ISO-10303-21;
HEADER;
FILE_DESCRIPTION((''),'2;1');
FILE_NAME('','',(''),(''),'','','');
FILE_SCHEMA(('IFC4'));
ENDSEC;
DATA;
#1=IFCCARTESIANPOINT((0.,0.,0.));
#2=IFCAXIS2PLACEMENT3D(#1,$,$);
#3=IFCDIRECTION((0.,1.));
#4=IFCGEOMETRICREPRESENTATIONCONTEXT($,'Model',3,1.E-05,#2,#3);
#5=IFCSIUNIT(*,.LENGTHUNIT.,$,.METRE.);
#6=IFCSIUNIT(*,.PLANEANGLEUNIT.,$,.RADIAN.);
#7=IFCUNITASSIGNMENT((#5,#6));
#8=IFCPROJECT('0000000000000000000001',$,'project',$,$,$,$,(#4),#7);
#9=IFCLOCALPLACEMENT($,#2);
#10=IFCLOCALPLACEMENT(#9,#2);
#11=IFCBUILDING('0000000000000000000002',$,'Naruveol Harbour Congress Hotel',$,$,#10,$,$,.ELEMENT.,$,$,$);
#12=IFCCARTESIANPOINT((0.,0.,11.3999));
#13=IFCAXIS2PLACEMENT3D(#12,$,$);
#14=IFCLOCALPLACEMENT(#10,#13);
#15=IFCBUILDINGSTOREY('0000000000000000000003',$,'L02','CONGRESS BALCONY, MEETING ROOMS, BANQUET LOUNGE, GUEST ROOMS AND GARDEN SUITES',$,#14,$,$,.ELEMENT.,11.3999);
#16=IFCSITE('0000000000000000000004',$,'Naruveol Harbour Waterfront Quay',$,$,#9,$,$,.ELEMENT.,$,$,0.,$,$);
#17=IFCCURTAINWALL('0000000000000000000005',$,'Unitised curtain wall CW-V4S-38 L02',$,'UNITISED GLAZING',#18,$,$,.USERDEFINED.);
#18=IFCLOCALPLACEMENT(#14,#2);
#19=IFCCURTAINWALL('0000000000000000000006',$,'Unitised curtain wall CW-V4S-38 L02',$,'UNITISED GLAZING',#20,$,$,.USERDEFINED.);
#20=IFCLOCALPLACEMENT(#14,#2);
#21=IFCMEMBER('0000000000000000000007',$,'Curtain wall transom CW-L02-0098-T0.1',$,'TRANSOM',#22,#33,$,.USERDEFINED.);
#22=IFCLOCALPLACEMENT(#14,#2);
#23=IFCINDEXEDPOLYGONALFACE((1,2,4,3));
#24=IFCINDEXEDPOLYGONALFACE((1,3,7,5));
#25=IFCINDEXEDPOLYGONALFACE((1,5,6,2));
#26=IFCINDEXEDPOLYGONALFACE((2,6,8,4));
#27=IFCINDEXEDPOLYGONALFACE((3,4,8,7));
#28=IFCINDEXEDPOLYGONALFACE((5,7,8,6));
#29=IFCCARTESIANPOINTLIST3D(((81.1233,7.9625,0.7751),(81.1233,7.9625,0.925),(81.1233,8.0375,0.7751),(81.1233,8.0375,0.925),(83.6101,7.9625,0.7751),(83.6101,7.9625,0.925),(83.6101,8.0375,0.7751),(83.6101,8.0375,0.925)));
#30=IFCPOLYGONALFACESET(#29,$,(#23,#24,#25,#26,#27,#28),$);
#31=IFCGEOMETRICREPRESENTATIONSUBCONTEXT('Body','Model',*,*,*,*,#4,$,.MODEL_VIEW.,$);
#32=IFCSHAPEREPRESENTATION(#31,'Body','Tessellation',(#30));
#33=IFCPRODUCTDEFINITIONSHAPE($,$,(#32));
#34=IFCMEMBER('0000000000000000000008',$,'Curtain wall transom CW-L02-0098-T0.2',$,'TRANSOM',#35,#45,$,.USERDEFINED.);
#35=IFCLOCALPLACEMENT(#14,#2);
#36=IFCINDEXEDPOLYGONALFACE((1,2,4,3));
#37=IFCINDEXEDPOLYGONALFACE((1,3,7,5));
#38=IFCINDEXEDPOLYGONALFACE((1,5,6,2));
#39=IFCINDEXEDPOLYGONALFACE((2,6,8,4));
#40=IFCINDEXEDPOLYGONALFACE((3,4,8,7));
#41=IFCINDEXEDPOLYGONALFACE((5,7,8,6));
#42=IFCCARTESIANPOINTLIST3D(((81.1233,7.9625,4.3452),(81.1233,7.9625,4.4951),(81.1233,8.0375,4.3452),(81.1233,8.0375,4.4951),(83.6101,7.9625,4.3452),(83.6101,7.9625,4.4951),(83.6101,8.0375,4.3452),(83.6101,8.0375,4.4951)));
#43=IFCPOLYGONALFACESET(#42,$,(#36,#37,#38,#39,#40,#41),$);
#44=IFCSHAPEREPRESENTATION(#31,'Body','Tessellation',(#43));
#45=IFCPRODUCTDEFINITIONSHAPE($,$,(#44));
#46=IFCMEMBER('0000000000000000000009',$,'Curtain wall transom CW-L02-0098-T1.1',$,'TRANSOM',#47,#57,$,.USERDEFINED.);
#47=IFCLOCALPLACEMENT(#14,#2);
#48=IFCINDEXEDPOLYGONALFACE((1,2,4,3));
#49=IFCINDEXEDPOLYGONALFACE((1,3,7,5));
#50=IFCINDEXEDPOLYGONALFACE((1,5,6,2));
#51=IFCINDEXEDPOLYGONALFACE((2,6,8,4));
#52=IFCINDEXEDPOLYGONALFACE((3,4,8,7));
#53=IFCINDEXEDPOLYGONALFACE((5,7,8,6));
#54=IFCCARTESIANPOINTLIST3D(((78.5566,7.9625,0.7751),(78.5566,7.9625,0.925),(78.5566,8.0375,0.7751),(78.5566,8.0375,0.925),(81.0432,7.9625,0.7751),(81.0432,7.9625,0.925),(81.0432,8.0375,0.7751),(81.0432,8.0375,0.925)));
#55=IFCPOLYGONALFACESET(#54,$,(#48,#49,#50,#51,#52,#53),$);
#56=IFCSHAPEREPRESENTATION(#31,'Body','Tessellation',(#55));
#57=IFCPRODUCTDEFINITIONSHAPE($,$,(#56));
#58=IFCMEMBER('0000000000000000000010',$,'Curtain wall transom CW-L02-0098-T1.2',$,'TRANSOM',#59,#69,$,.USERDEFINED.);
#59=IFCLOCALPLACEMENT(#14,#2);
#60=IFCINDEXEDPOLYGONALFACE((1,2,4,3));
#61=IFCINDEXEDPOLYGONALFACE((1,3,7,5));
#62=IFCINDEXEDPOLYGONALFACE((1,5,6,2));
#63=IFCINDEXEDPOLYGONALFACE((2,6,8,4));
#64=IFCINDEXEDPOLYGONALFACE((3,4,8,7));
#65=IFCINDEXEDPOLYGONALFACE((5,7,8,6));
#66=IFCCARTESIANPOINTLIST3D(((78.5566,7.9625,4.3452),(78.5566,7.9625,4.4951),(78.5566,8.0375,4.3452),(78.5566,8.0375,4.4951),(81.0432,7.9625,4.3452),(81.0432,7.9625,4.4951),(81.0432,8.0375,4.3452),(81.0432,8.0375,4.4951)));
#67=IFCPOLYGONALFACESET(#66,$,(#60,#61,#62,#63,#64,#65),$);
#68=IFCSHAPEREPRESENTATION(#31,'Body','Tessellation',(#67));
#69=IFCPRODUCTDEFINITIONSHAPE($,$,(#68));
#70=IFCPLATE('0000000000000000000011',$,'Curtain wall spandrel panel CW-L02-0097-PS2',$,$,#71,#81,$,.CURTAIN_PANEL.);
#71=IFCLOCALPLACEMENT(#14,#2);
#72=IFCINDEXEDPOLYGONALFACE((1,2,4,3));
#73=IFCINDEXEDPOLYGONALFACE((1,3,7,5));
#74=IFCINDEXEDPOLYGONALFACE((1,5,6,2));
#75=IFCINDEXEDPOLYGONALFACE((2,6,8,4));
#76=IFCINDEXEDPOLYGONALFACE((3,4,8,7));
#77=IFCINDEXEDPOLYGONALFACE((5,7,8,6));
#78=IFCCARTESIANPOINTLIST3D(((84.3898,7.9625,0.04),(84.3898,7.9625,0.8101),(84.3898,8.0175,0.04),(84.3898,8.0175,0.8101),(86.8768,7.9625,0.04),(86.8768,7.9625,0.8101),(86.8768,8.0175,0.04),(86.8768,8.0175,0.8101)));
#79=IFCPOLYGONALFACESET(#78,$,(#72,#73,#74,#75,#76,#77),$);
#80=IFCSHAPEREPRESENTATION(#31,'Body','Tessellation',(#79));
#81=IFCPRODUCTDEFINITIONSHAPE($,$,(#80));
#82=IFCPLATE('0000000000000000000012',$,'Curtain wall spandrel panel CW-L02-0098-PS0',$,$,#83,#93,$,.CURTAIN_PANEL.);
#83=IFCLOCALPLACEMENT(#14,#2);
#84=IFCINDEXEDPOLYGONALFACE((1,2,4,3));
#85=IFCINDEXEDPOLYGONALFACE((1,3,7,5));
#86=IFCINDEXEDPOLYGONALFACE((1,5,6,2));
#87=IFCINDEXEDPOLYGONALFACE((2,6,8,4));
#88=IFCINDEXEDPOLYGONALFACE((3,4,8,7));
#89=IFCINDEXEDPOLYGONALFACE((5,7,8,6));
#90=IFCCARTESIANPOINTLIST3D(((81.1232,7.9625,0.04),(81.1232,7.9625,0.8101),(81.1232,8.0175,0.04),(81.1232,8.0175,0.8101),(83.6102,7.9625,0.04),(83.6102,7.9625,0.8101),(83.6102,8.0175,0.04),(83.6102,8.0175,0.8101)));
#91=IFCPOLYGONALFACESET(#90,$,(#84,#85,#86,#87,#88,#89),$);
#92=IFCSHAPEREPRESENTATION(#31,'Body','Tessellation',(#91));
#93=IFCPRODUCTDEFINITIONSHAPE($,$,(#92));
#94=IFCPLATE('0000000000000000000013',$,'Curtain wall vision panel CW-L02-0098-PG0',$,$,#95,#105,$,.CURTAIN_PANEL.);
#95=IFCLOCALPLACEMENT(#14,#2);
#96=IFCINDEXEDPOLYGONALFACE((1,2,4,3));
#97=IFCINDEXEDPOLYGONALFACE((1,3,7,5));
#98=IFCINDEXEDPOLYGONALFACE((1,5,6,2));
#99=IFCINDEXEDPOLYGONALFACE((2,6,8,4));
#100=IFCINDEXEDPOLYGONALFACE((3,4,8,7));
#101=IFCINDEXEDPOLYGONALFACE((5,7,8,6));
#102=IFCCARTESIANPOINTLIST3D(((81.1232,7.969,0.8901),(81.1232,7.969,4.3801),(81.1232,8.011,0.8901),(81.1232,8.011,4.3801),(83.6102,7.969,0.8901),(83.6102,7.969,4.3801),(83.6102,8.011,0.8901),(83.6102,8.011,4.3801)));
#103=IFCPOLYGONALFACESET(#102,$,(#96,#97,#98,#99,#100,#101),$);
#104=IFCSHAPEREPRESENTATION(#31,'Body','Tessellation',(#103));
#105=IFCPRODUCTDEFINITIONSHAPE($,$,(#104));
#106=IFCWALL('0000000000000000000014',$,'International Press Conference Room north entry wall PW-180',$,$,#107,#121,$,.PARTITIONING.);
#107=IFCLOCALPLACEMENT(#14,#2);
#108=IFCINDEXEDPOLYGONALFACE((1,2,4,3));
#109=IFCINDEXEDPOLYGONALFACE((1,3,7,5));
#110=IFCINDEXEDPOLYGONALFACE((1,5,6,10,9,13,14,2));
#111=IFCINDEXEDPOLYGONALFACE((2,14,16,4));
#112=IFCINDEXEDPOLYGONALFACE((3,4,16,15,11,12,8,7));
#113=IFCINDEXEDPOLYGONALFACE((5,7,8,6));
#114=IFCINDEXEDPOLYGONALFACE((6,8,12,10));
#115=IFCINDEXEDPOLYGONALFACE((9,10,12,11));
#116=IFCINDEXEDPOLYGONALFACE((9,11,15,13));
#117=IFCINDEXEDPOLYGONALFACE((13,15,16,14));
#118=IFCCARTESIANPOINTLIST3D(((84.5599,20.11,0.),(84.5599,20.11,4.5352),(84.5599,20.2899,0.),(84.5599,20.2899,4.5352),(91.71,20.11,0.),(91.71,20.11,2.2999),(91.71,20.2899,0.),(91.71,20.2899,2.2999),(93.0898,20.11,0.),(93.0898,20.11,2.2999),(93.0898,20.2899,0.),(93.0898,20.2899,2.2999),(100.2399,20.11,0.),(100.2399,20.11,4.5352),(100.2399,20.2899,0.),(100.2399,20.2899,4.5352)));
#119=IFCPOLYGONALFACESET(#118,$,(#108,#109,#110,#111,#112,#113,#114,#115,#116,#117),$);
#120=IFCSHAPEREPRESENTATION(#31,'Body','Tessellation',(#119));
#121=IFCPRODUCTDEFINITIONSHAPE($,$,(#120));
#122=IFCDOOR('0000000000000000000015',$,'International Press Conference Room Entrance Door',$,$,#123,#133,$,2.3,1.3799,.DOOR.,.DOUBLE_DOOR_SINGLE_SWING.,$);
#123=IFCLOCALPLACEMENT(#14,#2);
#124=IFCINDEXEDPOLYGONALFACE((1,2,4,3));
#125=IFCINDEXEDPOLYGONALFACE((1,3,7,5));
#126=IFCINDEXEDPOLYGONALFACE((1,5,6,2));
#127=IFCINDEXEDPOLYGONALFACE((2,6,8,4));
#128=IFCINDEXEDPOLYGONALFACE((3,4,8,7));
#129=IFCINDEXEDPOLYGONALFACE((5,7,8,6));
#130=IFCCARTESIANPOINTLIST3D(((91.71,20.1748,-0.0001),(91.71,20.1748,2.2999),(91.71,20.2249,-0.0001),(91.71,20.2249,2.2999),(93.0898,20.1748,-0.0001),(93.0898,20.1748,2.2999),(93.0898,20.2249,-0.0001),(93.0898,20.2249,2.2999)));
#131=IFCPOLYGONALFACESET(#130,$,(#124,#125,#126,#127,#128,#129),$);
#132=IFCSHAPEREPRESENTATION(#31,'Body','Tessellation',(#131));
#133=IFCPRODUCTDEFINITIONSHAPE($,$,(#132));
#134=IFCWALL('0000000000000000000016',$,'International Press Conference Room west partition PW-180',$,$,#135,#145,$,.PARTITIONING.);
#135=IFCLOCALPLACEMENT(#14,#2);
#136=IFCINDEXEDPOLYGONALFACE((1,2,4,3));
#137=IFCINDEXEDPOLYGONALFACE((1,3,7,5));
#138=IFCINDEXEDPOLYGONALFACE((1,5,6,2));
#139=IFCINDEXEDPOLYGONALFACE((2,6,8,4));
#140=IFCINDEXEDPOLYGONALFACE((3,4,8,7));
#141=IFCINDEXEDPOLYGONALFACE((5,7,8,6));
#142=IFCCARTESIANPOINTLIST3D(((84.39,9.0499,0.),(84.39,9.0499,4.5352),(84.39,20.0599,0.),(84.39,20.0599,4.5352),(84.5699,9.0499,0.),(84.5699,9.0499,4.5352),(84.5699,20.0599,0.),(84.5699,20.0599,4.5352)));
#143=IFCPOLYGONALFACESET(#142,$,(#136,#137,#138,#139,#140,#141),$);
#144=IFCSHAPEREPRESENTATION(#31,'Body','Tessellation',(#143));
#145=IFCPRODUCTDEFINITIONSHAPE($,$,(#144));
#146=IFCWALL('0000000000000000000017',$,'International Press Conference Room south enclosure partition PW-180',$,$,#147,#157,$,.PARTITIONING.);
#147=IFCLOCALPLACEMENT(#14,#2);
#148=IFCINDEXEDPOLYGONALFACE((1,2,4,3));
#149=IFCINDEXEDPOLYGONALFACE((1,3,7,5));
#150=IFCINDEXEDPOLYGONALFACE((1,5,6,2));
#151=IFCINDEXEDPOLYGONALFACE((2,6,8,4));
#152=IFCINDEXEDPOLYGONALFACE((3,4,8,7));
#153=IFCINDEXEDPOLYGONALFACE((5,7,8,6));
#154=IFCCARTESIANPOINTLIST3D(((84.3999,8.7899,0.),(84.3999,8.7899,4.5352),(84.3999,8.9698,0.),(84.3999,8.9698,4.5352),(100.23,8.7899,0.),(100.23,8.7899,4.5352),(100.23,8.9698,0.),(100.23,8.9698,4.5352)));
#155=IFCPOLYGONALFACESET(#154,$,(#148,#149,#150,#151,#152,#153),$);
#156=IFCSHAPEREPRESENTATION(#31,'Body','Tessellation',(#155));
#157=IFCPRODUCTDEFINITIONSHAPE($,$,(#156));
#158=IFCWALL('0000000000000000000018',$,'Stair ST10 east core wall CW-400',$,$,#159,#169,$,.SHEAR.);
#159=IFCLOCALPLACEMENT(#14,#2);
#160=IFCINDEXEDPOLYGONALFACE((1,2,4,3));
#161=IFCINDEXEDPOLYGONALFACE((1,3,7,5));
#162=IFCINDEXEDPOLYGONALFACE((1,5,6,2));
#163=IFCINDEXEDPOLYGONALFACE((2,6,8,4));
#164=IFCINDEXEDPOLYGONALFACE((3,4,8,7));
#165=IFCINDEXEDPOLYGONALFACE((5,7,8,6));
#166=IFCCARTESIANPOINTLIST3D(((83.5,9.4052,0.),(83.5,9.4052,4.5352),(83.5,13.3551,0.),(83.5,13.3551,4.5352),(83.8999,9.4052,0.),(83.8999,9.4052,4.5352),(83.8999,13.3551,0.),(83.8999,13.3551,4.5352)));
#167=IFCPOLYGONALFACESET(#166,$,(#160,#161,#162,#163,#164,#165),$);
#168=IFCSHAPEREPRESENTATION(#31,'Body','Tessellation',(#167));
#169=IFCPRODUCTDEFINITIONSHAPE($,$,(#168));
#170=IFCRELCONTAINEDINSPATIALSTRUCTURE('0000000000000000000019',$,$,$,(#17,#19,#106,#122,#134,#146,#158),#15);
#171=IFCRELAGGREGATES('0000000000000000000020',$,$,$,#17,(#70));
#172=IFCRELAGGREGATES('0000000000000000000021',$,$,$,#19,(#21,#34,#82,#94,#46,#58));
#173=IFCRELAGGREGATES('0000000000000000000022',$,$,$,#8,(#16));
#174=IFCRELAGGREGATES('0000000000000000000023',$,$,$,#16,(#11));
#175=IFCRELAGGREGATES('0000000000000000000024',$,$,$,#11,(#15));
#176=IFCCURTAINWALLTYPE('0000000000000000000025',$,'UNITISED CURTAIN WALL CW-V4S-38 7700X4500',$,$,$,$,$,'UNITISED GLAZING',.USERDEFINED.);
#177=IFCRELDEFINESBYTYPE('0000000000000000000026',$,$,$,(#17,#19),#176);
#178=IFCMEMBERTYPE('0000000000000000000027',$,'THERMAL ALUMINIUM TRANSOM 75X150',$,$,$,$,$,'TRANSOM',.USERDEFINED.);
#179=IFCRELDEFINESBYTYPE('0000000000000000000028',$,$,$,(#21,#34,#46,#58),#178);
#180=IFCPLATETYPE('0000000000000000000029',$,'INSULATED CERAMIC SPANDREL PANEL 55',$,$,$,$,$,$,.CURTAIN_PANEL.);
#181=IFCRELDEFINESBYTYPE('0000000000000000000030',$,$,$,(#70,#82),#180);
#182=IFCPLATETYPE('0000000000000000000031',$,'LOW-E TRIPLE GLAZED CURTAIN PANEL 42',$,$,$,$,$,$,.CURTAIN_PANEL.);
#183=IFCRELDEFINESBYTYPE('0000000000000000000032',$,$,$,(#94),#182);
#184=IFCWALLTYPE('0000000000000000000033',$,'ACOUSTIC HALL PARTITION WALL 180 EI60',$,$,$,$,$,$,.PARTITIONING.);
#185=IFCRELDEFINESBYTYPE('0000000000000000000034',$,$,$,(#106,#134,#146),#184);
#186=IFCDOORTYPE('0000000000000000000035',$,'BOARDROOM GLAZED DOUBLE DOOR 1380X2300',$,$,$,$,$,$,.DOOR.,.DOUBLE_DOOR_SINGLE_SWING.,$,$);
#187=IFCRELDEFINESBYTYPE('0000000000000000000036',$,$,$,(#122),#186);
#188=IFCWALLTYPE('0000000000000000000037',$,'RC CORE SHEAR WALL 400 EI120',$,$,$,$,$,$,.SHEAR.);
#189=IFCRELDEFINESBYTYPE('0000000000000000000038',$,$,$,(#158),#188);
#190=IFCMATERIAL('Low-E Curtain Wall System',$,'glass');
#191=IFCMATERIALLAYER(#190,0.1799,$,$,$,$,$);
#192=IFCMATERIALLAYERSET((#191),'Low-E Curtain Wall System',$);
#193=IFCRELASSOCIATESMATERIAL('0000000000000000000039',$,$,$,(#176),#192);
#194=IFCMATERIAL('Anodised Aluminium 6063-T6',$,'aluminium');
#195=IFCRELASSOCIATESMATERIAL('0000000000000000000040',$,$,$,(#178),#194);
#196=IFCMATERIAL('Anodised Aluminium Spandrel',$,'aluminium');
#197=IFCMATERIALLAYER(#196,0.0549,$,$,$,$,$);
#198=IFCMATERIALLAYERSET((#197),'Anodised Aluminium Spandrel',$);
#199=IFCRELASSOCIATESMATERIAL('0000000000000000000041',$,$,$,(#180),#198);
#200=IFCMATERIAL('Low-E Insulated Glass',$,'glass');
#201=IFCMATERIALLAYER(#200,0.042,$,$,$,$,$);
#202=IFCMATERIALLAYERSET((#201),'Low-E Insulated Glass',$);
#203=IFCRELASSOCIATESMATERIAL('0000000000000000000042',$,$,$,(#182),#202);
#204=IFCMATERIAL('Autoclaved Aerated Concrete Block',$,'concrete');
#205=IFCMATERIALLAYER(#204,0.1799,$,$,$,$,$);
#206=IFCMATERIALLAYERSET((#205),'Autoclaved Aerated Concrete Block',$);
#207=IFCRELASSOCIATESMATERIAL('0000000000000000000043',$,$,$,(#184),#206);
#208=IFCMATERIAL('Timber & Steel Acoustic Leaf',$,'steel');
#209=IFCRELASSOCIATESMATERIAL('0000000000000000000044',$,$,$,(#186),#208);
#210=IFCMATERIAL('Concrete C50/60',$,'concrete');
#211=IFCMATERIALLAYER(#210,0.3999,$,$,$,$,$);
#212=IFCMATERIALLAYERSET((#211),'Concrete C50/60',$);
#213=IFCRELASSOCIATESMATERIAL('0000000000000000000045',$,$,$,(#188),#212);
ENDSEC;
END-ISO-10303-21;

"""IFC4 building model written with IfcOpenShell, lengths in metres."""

from ifc_helpers import new_model, si_unit, direction, frame, frame_2d, origin, origin_2d, place, context, subcontext, project, spatial, rectangle, extrude, material, layer, layer_set, material_profile, profile_set, type_object, element, fill, aggregate, save


model = new_model("IFC4")

# Units and contexts
model_context = context("Model", 3, precision=1e-05, world=origin(), true_north=direction((0.0, 1.0)))
body_context = subcontext(model_context, "Body", "Model", "MODEL_VIEW")
ifc_project = project(units=[si_unit("LENGTHUNIT", "METRE"), si_unit("PLANEANGLEUNIT", "RADIAN")], contexts=[model_context])

# Site, building, storey
site_placement = place(None, origin())
site = spatial("IfcSite", under=ifc_project, at=site_placement, Name="Naruveol Harbour Waterfront Quay", CompositionType="ELEMENT", RefElevation=0.0)
building_placement = place(site_placement, origin())
building = spatial("IfcBuilding", under=site, at=building_placement, Name="Naruveol Harbour Congress Hotel", CompositionType="ELEMENT")
storey_placement = place(building_placement, frame((0.0, 0.0, 11.3999)))
storey = spatial("IfcBuildingStorey", under=building, at=storey_placement, Name="L02", Description="CONGRESS BALCONY, MEETING ROOMS, BANQUET LOUNGE, GUEST ROOMS AND GARDEN SUITES", CompositionType="ELEMENT", Elevation=11.3999)

# Curtain wall
ifc_material_1 = material(Name="Low-E Curtain Wall System", Category="glass")
ifc_layer_1 = layer(ifc_material_1, 0.1799)
ifc_layer_set_1 = layer_set([ifc_layer_1], Name="Low-E Curtain Wall System")
curtain_wall_type = type_object("IfcCurtainWallType", Name="UNITISED CURTAIN WALL CW-V4S-38 7700X4500", ElementType="UNITISED GLAZING", PredefinedType="USERDEFINED", material=ifc_layer_set_1)
curtain_wall_1_placement = place(storey_placement, origin())
curtain_wall_1 = element("IfcCurtainWall", 1, at=curtain_wall_1_placement, inside=storey, type_object=curtain_wall_type, Name="Unitised curtain wall CW-V4S-38 L02", ObjectType="UNITISED GLAZING", PredefinedType="USERDEFINED")

# Curtain wall, members
curtain_wall_2_placement = place(storey_placement, origin())
curtain_wall_2 = element("IfcCurtainWall", 2, at=curtain_wall_2_placement, inside=storey, type_object=curtain_wall_type, Name="Unitised curtain wall CW-V4S-38 L02", ObjectType="UNITISED GLAZING", PredefinedType="USERDEFINED")
ifc_material_2 = material(Name="Anodised Aluminium 6063-T6", Category="aluminium")
ifc_material_profile_1 = material_profile(ifc_material_2, rectangle(XDim=0.075, YDim=0.1499, at=origin_2d()), Name="ALU-75x150")
ifc_profile_set_1 = profile_set([ifc_material_profile_1], Name="Anodised Aluminium 6063-T6")
member_type_1 = type_object("IfcMemberType", Name="THERMAL ALUMINIUM TRANSOM 75X150", ElementType="TRANSOM", PredefinedType="USERDEFINED", material=ifc_profile_set_1)
member_1_placement = place(storey_placement, frame((83.6101, 8.0, 0.8501), z_axis=(-1.0, 0.0, 0.0), x_axis=(0.0, -1.0, 0.0)))
member_1 = element("IfcMember", 3, at=member_1_placement, type_object=member_type_1, Name="Curtain wall transom CW-L02-0098-T0.1", ObjectType="TRANSOM", PredefinedType="USERDEFINED", context=body_context, shape_type="SweptSolid", body=[
    extrude(rectangle(XDim=0.075, YDim=0.1499, at=origin_2d()), origin(), (0.0, 0.0, 1.0), 2.4868),
])
member_2_placement = place(storey_placement, frame((83.6101, 8.0, 4.4202), z_axis=(-1.0, 0.0, 0.0), x_axis=(0.0, -1.0, 0.0)))
member_2 = element("IfcMember", 4, at=member_2_placement, type_object=member_type_1, Name="Curtain wall transom CW-L02-0098-T0.2", ObjectType="TRANSOM", PredefinedType="USERDEFINED", context=body_context, shape_type="SweptSolid", body=[
    extrude(rectangle(XDim=0.075, YDim=0.1499, at=origin_2d()), origin(), (0.0, 0.0, 1.0), 2.4868),
])
member_3_placement = place(storey_placement, frame((81.0432, 8.0, 0.8501), z_axis=(-1.0, 0.0, 0.0), x_axis=(0.0, -1.0, 0.0)))
member_3 = element("IfcMember", 5, at=member_3_placement, type_object=member_type_1, Name="Curtain wall transom CW-L02-0098-T1.1", ObjectType="TRANSOM", PredefinedType="USERDEFINED", context=body_context, shape_type="SweptSolid", body=[
    extrude(rectangle(XDim=0.075, YDim=0.1499, at=origin_2d()), origin(), (0.0, 0.0, 1.0), 2.4866),
])
member_4_placement = place(storey_placement, frame((81.0432, 8.0, 4.4202), z_axis=(-1.0, 0.0, 0.0), x_axis=(0.0, -1.0, 0.0)))
member_4 = element("IfcMember", 6, at=member_4_placement, type_object=member_type_1, Name="Curtain wall transom CW-L02-0098-T1.2", ObjectType="TRANSOM", PredefinedType="USERDEFINED", context=body_context, shape_type="SweptSolid", body=[
    extrude(rectangle(XDim=0.075, YDim=0.1499, at=origin_2d()), origin(), (0.0, 0.0, 1.0), 2.4866),
])

# Plates
ifc_material_3 = material(Name="Anodised Aluminium Spandrel", Category="aluminium")
ifc_layer_2 = layer(ifc_material_3, 0.0549)
ifc_layer_set_2 = layer_set([ifc_layer_2], Name="Anodised Aluminium Spandrel")
plate_type_1 = type_object("IfcPlateType", Name="INSULATED CERAMIC SPANDREL PANEL 55", PredefinedType="CURTAIN_PANEL", material=ifc_layer_set_2)
plate_1_placement = place(storey_placement, frame((85.6333, 7.99, 0.04), z_axis=(0.0, 0.0, 1.0), x_axis=(-1.0, 0.0, 0.0)))
plate_1 = element("IfcPlate", 7, at=plate_1_placement, type_object=plate_type_1, Name="Curtain wall spandrel panel CW-L02-0097-PS2", PredefinedType="CURTAIN_PANEL", context=body_context, shape_type="SweptSolid", body=[
    extrude(rectangle(XDim=2.4871, YDim=0.0549, at=origin_2d()), origin(), (0.0, 0.0, 1.0), 0.77),
])
aggregate(curtain_wall_1, [plate_1])
plate_2_placement = place(storey_placement, frame((82.3667, 7.99, 0.04), z_axis=(0.0, 0.0, 1.0), x_axis=(-1.0, 0.0, 0.0)))
plate_2 = element("IfcPlate", 8, at=plate_2_placement, type_object=plate_type_1, Name="Curtain wall spandrel panel CW-L02-0098-PS0", PredefinedType="CURTAIN_PANEL", context=body_context, shape_type="SweptSolid", body=[
    extrude(rectangle(XDim=2.4871, YDim=0.0549, at=origin_2d()), origin(), (0.0, 0.0, 1.0), 0.77),
])
ifc_material_4 = material(Name="Low-E Insulated Glass", Category="glass")
ifc_layer_3 = layer(ifc_material_4, 0.042)
ifc_layer_set_3 = layer_set([ifc_layer_3], Name="Low-E Insulated Glass")
plate_type_2 = type_object("IfcPlateType", Name="LOW-E TRIPLE GLAZED CURTAIN PANEL 42", PredefinedType="CURTAIN_PANEL", material=ifc_layer_set_3)
plate_3_placement = place(storey_placement, frame((82.3667, 7.99, 0.8901), z_axis=(0.0, 0.0, 1.0), x_axis=(-1.0, 0.0, 0.0)))
plate_3 = element("IfcPlate", 9, at=plate_3_placement, type_object=plate_type_2, Name="Curtain wall vision panel CW-L02-0098-PG0", PredefinedType="CURTAIN_PANEL", context=body_context, shape_type="SweptSolid", body=[
    extrude(rectangle(XDim=2.4871, YDim=0.042, at=origin_2d()), origin(), (0.0, 0.0, 1.0), 3.49),
])
aggregate(curtain_wall_2, [member_1, member_2, plate_2, plate_3, member_3, member_4])

# Wall, opening, door
ifc_material_5 = material(Name="Autoclaved Aerated Concrete Block", Category="concrete")
ifc_layer_4 = layer(ifc_material_5, 0.1799)
ifc_layer_set_4 = layer_set([ifc_layer_4], Name="Autoclaved Aerated Concrete Block")
wall_type_1 = type_object("IfcWallType", Name="ACOUSTIC HALL PARTITION WALL 180 EI60", PredefinedType="PARTITIONING", material=ifc_layer_set_4)
wall_1_placement = place(storey_placement, frame((84.5601, 20.2, 0.0), z_axis=(0.0, 0.0, 1.0), x_axis=(1.0, 0.0, 0.0)))
wall_1 = element("IfcWall", 10, at=wall_1_placement, inside=storey, type_object=wall_type_1, Name="International Press Conference Room north entry wall PW-180", PredefinedType="PARTITIONING", context=body_context, shape_type="SweptSolid", body=[
    extrude(rectangle(XDim=15.6799, YDim=0.1799, at=frame_2d((7.8398, 0.0))), origin(), (0.0, 0.0, 1.0), 4.5352),
])
opening_placement = place(wall_1_placement, frame((7.1499, 0.0, 0.0)))
opening = element("IfcOpeningElement", 11, at=opening_placement, cuts=wall_1, PredefinedType="OPENING", context=body_context, shape_type="SweptSolid", body=[
    extrude(rectangle(XDim=1.3799, YDim=2.3, at=frame_2d((0.6899, 1.1499))), frame((0.0, 0.0999, 0.0), z_axis=(0.0, -1.0, 0.0), x_axis=(1.0, 0.0, 0.0)), (0.0, 0.0, 1.0), 0.2),
])
ifc_material_6 = material(Name="Timber & Steel Acoustic Leaf", Category="steel")
door_type = type_object("IfcDoorType", Name="BOARDROOM GLAZED DOUBLE DOOR 1380X2300", OperationType="DOUBLE_DOOR_SINGLE_SWING", PredefinedType="DOOR", material=ifc_material_6)
door_placement = place(opening_placement, origin())
door = element("IfcDoor", 12, at=door_placement, inside=storey, type_object=door_type, Name="International Press Conference Room Entrance Door", OperationType="DOUBLE_DOOR_SINGLE_SWING", OverallHeight=2.3, OverallWidth=1.3799, PredefinedType="DOOR", context=body_context, shape_type="SweptSolid", body=[
    extrude(rectangle(XDim=1.3799, YDim=2.3, at=frame_2d((0.6899, 1.1499))), frame((0.0, 0.0249, 0.0), z_axis=(0.0, -1.0, 0.0), x_axis=(1.0, 0.0, 0.0)), (0.0, 0.0, 1.0), 0.05),
])
fill(opening, door)

# Walls
wall_2_placement = place(storey_placement, frame((84.48, 9.05, 0.0), z_axis=(0.0, 0.0, 1.0), x_axis=(0.0, 1.0, 0.0)))
element("IfcWall", 13, at=wall_2_placement, inside=storey, type_object=wall_type_1, Name="International Press Conference Room west partition PW-180", PredefinedType="PARTITIONING", context=body_context, shape_type="SweptSolid", body=[
    extrude(rectangle(XDim=11.01, YDim=0.1799, at=frame_2d((5.5049, 0.0))), origin(), (0.0, 0.0, 1.0), 4.5352),
])
wall_3_placement = place(storey_placement, frame((84.3999, 8.8799, 0.0), z_axis=(0.0, 0.0, 1.0), x_axis=(1.0, 0.0, 0.0)))
element("IfcWall", 14, at=wall_3_placement, inside=storey, type_object=wall_type_1, Name="International Press Conference Room south enclosure partition PW-180", PredefinedType="PARTITIONING", context=body_context, shape_type="SweptSolid", body=[
    extrude(rectangle(XDim=15.8301, YDim=0.1799, at=frame_2d((7.915, 0.0))), origin(), (0.0, 0.0, 1.0), 4.5352),
])
ifc_material_7 = material(Name="Concrete C50/60", Category="concrete")
ifc_layer_5 = layer(ifc_material_7, 0.3999)
ifc_layer_set_5 = layer_set([ifc_layer_5], Name="Concrete C50/60")
wall_type_2 = type_object("IfcWallType", Name="RC CORE SHEAR WALL 400 EI120", PredefinedType="SHEAR", material=ifc_layer_set_5)
wall_4_placement = place(storey_placement, frame((83.7, 9.405, 0.0), z_axis=(0.0, 0.0, 1.0), x_axis=(0.0, 1.0, 0.0)))
element("IfcWall", 15, at=wall_4_placement, inside=storey, type_object=wall_type_2, Name="Stair ST10 east core wall CW-400", PredefinedType="SHEAR", context=body_context, shape_type="SweptSolid", body=[
    extrude(rectangle(XDim=3.95, YDim=0.3999, at=frame_2d((1.9751, 0.0))), origin(), (0.0, 0.0, 1.0), 4.5352),
])

save(model, "model.ifc")
